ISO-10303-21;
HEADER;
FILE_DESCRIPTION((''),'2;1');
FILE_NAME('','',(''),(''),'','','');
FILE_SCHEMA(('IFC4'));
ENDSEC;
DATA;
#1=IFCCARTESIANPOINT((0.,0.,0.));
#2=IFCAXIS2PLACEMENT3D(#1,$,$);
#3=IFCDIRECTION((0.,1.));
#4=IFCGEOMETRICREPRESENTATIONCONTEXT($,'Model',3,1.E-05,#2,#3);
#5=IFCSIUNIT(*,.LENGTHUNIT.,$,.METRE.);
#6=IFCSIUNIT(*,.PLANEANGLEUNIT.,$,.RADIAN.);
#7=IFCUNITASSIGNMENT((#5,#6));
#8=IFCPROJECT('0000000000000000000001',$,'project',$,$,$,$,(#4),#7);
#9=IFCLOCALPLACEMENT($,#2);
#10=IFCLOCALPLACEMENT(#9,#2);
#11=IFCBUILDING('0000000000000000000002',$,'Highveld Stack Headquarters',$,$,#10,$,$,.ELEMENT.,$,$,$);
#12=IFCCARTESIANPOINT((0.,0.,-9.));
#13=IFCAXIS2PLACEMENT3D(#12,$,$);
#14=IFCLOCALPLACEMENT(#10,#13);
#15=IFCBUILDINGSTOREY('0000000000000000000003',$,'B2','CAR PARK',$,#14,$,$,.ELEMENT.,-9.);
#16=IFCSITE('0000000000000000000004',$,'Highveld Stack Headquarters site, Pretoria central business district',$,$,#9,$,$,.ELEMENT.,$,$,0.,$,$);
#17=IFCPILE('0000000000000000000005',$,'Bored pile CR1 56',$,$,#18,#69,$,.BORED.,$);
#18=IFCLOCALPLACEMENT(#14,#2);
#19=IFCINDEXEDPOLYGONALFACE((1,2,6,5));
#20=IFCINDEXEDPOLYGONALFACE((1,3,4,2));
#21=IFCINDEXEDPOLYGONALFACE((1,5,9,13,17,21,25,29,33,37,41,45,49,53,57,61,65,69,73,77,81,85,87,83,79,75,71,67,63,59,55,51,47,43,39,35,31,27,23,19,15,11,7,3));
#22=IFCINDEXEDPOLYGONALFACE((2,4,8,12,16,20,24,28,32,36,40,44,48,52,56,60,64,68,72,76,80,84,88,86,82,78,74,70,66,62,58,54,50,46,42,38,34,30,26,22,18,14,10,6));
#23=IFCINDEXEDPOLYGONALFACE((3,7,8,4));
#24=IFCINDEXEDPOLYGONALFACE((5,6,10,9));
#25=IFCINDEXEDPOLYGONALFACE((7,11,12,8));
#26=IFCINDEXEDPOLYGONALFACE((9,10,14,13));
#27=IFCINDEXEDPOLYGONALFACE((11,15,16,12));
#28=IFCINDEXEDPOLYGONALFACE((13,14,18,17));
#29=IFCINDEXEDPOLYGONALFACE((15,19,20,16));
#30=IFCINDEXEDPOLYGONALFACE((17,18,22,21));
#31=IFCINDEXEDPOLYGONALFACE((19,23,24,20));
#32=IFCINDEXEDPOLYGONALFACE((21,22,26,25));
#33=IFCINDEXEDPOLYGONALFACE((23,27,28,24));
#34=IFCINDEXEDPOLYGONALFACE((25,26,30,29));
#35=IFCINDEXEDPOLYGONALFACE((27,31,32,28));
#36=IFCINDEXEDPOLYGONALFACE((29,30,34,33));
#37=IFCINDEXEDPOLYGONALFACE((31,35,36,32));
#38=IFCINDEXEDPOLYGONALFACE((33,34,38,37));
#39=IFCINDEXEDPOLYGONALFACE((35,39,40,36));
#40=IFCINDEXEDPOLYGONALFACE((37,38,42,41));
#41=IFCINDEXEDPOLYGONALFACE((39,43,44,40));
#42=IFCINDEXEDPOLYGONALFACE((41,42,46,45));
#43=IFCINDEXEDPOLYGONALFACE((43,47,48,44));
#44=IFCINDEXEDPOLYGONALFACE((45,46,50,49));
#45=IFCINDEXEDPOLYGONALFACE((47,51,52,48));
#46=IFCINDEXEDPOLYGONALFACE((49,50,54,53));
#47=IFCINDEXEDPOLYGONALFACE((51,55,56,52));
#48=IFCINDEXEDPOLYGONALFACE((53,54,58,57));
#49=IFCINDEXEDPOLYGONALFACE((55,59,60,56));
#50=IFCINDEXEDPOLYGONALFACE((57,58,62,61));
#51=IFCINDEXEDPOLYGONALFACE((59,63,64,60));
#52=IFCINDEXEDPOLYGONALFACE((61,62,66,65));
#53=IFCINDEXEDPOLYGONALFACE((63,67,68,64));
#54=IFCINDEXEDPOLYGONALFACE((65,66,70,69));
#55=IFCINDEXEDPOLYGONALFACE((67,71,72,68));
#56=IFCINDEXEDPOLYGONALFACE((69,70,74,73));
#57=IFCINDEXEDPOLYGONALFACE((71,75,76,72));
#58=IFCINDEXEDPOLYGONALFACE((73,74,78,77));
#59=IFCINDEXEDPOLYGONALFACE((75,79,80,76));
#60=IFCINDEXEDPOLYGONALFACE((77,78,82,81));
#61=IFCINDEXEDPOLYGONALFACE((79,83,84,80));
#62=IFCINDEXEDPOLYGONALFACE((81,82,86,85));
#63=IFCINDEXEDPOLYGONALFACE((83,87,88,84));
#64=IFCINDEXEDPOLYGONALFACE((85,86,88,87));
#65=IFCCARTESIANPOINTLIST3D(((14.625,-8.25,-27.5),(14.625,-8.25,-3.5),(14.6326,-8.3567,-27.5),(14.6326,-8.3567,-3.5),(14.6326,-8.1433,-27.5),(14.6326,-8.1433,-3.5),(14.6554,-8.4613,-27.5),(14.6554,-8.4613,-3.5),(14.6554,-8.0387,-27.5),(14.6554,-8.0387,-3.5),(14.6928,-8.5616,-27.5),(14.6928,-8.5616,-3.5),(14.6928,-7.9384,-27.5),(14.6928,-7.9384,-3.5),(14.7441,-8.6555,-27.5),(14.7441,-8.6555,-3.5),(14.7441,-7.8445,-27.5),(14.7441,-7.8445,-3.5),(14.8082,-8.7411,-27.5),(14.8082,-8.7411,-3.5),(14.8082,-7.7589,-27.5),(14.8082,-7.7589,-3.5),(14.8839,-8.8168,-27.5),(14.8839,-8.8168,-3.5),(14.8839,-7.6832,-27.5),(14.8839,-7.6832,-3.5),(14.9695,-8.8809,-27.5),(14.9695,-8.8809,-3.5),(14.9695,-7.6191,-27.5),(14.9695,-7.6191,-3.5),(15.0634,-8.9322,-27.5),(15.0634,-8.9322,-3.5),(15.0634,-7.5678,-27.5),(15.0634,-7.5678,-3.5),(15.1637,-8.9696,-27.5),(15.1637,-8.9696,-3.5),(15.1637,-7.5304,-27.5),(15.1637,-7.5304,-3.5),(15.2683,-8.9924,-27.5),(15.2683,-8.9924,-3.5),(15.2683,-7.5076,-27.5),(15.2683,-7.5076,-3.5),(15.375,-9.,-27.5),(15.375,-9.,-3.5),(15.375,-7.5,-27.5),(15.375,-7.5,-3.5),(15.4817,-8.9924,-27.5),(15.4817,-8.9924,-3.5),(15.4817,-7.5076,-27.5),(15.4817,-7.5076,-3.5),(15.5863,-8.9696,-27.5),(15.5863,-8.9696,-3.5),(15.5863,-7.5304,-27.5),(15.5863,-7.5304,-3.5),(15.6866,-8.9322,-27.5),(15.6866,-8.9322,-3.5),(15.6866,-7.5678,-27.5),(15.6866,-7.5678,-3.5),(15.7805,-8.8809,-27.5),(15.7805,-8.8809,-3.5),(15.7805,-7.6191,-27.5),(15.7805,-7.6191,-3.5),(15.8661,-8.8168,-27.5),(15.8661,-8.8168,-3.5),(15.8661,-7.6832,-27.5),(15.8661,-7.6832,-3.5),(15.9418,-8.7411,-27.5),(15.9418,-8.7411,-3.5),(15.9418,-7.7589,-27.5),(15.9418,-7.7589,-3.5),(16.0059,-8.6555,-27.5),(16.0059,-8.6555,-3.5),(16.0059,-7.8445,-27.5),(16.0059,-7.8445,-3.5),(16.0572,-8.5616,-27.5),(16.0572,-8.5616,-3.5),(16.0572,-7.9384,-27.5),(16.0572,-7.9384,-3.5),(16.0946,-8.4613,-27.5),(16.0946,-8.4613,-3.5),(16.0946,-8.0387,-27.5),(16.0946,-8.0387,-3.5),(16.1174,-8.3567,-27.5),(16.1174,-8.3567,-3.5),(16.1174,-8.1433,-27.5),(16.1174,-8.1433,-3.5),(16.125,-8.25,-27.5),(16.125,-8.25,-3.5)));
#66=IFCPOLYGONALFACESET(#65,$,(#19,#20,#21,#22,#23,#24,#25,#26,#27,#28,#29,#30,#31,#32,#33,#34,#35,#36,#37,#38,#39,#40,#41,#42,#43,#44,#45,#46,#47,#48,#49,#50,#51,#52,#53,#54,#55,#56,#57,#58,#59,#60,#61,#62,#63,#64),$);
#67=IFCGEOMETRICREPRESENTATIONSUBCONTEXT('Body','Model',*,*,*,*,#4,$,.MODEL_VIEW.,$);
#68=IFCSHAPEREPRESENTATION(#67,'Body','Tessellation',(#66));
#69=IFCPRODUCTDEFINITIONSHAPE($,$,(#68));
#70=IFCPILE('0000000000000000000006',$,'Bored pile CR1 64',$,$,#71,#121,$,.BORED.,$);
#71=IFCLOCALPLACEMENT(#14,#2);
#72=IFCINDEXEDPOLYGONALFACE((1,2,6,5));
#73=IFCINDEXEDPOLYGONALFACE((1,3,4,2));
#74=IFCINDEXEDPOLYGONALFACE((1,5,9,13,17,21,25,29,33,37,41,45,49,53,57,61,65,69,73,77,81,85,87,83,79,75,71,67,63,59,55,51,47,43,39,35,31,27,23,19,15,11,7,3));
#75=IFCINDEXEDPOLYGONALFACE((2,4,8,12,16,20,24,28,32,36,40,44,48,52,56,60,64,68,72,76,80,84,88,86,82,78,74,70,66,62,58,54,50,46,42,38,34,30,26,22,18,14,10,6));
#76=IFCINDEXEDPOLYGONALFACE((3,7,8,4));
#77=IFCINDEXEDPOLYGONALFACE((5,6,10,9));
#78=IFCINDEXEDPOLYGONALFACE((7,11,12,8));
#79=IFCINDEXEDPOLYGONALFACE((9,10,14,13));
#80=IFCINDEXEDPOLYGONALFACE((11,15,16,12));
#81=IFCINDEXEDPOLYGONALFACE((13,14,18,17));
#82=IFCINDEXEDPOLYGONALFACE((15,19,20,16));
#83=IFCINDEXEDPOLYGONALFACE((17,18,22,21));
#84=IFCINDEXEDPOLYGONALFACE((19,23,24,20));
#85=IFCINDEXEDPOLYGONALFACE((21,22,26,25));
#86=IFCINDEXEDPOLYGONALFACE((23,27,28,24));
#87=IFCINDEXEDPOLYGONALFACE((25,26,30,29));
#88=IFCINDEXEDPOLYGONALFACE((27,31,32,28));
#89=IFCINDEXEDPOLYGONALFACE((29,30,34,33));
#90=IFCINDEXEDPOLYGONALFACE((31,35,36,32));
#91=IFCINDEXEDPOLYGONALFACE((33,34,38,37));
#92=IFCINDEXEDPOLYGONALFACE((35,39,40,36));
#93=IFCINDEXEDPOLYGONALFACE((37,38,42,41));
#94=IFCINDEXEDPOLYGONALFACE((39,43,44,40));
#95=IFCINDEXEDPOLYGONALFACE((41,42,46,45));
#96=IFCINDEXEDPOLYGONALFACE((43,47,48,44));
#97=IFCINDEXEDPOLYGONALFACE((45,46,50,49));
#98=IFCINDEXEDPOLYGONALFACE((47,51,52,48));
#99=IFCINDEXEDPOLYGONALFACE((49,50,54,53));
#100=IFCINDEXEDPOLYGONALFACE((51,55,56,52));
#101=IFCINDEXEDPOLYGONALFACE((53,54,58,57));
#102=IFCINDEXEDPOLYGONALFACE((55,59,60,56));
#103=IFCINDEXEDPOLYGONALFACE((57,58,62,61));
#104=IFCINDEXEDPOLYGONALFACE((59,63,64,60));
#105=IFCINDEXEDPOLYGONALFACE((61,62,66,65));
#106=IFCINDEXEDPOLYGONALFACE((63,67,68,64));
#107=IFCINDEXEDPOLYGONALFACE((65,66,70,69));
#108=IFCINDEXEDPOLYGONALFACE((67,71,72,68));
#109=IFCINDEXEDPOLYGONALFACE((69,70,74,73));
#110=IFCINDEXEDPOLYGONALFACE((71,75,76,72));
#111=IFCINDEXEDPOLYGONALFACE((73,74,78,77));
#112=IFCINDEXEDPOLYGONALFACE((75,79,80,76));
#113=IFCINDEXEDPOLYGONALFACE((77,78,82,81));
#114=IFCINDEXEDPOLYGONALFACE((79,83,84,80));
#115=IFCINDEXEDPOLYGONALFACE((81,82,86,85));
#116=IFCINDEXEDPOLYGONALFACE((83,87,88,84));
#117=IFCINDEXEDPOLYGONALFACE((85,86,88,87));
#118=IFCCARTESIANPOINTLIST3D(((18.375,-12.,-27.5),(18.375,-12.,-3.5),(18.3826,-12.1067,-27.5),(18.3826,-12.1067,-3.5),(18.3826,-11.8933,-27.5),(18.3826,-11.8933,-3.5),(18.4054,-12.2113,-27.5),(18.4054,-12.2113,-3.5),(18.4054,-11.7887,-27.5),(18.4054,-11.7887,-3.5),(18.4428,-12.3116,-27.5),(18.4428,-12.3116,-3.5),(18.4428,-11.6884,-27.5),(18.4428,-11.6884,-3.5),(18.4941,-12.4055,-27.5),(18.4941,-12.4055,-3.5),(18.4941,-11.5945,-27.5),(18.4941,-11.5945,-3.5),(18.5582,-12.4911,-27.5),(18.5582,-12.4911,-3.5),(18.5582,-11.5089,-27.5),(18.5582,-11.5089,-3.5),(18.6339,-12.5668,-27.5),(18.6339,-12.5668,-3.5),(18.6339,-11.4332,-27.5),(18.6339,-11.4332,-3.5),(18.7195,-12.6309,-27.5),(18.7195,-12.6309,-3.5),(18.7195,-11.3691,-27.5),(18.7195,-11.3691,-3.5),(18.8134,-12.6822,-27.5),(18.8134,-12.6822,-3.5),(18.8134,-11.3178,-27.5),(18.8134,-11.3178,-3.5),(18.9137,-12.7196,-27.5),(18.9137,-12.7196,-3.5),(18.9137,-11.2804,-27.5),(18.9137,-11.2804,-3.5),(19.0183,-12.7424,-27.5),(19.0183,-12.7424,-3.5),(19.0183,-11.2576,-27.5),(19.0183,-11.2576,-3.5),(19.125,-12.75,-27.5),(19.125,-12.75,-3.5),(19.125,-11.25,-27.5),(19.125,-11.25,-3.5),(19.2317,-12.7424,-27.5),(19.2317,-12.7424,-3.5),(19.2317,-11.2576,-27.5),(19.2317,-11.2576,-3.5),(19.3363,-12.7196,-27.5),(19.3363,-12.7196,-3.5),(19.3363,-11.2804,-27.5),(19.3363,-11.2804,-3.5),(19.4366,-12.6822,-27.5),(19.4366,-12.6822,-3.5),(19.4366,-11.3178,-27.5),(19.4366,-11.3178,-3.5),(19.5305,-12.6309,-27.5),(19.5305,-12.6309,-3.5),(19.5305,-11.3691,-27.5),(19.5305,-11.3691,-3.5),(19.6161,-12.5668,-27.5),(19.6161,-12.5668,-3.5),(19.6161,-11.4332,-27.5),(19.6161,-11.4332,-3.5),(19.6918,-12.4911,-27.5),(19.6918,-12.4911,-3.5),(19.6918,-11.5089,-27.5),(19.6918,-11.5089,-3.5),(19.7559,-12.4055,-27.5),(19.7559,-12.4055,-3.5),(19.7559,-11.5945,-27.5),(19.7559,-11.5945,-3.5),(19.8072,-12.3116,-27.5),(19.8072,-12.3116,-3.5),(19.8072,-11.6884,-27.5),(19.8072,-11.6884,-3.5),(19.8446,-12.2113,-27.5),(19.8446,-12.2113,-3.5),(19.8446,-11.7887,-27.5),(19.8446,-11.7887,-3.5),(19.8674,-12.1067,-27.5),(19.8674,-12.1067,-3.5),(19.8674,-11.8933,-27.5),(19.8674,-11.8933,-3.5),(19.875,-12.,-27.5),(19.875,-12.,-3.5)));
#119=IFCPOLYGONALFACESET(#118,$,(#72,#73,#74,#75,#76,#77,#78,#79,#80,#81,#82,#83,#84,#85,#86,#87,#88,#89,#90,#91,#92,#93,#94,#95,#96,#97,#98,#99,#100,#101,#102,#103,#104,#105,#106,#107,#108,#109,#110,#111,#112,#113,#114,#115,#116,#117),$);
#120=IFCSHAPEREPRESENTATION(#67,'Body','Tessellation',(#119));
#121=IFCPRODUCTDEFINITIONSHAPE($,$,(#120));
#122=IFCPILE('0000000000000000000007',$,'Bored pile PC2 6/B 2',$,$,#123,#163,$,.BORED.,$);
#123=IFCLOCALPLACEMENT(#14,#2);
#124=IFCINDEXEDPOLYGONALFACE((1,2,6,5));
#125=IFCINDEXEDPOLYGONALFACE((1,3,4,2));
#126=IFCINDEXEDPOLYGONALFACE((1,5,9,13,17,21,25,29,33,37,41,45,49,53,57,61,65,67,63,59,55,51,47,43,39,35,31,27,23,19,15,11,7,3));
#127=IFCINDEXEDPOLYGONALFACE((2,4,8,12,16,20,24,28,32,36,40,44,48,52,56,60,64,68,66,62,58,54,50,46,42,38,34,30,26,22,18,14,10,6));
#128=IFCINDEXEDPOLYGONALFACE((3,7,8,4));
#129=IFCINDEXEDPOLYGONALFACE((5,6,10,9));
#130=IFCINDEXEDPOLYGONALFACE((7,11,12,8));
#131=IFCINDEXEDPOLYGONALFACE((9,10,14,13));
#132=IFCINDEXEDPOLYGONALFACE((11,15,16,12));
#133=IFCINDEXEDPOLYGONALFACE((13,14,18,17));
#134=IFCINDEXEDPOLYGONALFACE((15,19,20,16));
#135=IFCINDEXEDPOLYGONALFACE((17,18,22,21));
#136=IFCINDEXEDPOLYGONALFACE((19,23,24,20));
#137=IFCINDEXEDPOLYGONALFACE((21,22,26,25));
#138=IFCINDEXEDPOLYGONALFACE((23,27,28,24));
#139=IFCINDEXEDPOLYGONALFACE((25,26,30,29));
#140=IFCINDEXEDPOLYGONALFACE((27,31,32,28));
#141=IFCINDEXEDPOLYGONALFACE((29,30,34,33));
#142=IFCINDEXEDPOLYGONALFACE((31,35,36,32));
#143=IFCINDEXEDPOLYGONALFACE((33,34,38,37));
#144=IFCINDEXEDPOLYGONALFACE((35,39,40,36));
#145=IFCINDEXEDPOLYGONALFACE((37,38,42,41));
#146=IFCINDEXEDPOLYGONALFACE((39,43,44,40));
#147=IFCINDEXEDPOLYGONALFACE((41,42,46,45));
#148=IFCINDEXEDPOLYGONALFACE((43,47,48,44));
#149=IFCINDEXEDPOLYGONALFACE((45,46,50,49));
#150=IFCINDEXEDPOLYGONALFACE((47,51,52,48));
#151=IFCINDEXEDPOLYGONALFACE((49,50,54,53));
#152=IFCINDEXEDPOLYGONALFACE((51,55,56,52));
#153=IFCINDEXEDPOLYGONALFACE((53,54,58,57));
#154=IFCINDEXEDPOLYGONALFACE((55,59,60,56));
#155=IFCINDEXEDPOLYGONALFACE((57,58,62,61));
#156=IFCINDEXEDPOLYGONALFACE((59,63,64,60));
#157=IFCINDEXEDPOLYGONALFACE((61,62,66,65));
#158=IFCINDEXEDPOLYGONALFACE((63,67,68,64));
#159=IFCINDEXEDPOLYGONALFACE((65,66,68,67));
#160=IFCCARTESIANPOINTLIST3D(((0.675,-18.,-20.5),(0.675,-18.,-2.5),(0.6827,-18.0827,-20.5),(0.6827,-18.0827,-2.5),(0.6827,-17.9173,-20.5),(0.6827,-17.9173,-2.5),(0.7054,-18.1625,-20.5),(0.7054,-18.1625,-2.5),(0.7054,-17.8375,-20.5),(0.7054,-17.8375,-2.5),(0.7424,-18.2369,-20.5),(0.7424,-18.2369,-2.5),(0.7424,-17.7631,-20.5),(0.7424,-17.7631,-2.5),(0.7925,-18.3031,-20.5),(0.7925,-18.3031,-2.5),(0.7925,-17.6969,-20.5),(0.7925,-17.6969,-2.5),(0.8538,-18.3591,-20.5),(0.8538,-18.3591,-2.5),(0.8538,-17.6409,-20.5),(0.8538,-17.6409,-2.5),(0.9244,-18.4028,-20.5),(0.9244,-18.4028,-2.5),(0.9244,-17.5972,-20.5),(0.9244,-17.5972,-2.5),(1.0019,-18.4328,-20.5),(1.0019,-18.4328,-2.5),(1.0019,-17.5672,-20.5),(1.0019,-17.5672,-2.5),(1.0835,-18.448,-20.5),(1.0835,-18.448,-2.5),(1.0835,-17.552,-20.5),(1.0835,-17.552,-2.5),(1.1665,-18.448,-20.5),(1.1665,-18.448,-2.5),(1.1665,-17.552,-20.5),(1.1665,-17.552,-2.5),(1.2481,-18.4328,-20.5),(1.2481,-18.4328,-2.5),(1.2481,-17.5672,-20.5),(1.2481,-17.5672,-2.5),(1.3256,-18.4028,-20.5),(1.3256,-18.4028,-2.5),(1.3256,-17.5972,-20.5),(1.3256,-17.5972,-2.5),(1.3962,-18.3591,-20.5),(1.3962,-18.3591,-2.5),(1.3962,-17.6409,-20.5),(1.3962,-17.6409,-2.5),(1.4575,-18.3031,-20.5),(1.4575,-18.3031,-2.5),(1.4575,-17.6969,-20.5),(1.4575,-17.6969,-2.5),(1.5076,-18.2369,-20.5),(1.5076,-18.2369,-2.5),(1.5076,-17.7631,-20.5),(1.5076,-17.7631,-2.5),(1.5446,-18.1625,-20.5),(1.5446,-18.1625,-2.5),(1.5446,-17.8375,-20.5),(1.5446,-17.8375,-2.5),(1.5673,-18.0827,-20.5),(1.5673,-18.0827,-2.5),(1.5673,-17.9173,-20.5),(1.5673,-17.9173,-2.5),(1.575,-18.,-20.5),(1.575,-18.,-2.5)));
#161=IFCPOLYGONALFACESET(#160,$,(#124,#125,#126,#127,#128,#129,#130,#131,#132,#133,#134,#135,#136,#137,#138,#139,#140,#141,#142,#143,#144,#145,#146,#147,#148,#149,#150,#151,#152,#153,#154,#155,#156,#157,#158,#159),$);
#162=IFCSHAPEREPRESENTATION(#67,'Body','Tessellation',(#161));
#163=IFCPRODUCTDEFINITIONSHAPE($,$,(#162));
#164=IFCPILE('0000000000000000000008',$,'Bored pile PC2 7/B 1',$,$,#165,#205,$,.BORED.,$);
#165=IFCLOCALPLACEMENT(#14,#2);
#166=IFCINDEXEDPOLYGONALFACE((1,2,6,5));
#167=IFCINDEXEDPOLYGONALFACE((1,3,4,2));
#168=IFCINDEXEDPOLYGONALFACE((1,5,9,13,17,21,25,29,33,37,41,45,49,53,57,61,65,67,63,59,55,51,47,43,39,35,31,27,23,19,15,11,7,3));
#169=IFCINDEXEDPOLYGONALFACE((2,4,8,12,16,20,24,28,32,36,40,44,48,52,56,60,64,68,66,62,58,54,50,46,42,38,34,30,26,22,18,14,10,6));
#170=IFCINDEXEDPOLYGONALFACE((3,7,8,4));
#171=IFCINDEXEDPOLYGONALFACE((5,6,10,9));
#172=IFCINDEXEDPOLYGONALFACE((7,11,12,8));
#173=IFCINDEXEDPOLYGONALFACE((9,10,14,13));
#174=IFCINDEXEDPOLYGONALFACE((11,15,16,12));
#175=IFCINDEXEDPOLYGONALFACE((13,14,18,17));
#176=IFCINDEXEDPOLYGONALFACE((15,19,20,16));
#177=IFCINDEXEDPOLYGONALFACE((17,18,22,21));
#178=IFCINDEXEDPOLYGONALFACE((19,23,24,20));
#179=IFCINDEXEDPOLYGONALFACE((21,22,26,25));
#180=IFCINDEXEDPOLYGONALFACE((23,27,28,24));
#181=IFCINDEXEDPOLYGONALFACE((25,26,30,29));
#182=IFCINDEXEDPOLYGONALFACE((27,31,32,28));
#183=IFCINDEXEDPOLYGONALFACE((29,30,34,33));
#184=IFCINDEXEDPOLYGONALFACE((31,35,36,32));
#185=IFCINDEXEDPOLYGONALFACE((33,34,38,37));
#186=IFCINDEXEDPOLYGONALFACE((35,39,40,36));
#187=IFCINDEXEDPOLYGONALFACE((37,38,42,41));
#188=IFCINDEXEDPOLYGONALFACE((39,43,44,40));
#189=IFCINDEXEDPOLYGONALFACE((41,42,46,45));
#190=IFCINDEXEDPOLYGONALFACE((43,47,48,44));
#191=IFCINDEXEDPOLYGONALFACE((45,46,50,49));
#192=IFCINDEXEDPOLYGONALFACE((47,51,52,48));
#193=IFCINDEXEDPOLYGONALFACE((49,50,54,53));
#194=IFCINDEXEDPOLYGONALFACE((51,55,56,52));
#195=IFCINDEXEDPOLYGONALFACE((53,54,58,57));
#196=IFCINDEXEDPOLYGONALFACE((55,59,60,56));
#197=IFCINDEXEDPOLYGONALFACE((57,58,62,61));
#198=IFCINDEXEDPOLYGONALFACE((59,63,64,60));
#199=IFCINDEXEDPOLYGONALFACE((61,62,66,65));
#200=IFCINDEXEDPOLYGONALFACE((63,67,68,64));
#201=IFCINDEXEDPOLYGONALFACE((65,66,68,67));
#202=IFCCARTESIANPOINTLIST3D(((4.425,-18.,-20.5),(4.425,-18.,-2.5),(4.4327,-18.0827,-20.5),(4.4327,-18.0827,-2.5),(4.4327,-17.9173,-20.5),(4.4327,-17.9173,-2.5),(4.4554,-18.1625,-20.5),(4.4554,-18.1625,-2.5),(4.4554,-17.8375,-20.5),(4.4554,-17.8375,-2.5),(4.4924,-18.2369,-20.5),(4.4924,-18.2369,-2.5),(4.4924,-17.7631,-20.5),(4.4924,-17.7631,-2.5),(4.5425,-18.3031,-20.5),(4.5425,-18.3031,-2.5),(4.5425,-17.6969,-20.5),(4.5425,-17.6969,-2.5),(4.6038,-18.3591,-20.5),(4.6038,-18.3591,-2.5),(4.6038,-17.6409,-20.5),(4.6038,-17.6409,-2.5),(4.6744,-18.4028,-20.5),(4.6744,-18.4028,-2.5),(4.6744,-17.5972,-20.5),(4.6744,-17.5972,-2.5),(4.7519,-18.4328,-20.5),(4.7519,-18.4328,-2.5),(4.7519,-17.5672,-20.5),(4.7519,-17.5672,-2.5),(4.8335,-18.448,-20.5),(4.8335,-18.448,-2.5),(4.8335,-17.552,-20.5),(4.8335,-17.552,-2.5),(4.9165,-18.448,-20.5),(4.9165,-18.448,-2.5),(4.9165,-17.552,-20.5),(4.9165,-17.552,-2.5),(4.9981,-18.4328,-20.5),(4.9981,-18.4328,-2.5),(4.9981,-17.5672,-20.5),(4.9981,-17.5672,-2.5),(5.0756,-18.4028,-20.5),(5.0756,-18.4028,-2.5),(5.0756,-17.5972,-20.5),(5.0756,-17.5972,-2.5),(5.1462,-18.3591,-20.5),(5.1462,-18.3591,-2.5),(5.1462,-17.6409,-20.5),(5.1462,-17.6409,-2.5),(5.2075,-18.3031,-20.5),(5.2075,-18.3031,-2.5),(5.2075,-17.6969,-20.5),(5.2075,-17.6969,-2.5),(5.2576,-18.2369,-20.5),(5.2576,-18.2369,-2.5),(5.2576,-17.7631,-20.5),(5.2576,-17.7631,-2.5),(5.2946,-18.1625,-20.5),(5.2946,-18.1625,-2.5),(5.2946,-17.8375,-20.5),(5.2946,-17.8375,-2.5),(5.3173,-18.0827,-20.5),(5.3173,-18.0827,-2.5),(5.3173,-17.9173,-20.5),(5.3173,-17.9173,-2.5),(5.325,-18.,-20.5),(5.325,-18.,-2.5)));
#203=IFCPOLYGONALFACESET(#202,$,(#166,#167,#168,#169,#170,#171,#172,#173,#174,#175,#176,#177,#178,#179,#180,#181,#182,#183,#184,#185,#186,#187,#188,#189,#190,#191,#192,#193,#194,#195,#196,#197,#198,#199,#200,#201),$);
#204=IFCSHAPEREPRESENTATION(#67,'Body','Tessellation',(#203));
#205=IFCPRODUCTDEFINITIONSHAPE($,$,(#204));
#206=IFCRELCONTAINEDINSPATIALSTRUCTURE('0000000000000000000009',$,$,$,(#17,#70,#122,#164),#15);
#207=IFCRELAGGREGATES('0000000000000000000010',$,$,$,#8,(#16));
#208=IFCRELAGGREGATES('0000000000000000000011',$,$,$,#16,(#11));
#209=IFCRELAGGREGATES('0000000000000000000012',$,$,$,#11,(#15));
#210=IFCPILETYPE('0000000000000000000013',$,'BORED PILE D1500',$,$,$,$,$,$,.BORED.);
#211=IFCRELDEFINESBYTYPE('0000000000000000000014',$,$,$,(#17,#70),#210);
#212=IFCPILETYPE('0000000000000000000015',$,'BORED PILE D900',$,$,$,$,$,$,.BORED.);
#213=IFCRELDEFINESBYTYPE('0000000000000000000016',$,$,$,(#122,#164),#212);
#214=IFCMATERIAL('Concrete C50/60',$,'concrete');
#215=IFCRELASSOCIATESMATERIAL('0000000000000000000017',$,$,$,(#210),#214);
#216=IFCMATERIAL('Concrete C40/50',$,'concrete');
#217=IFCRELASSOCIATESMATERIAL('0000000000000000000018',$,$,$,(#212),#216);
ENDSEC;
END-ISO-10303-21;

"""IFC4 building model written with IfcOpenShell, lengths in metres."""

from ifc_helpers import new_model, si_unit, direction, frame, origin, origin_2d, place, context, subcontext, project, spatial, circle, extrude, material, type_object, element, save


model = new_model("IFC4")

# Units and contexts
model_context = context("Model", 3, precision=1e-05, world=origin(), true_north=direction((0.0, 1.0)))
body_context = subcontext(model_context, "Body", "Model", "MODEL_VIEW")
ifc_project = project(units=[si_unit("LENGTHUNIT", "METRE"), si_unit("PLANEANGLEUNIT", "RADIAN")], contexts=[model_context])

# Site, building, storey
site_placement = place(None, origin())
site = spatial("IfcSite", under=ifc_project, at=site_placement, Name="Highveld Stack Headquarters site, Pretoria central business district", CompositionType="ELEMENT", RefElevation=0.0)
building_placement = place(site_placement, origin())
building = spatial("IfcBuilding", under=site, at=building_placement, Name="Highveld Stack Headquarters", CompositionType="ELEMENT")
storey_placement = place(building_placement, frame((0.0, 0.0, -9.0)))
storey = spatial("IfcBuildingStorey", under=building, at=storey_placement, Name="B2", Description="CAR PARK", CompositionType="ELEMENT", Elevation=-9.0)

# Piles
ifc_material_1 = material(Name="Concrete C50/60", Category="concrete")
pile_type_1 = type_object("IfcPileType", Name="BORED PILE D1500", PredefinedType="BORED", material=ifc_material_1)
for number, where, z_axis, x_axis, name in (
    (1, (15.375, -8.25, -3.5), (0.0, 0.0, -1.0), (1.0, 0.0, 0.0), "Bored pile CR1 56"),
    (2, (19.125, -12.0, -3.5), (0.0, 0.0, -1.0), (1.0, 0.0, 0.0), "Bored pile CR1 64"),
):
    element("IfcPile", number, at=place(storey_placement, frame(where, z_axis=z_axis, x_axis=x_axis)), inside=storey, type_object=pile_type_1, Name=name, PredefinedType="BORED", context=body_context, shape_type="SweptSolid", body=[
        extrude(circle(Radius=0.75, at=origin_2d()), origin(), (0.0, 0.0, 1.0), 24.0),
    ])
ifc_material_2 = material(Name="Concrete C40/50", Category="concrete")
pile_type_2 = type_object("IfcPileType", Name="BORED PILE D900", PredefinedType="BORED", material=ifc_material_2)
for number, where, z_axis, x_axis, name in (
    (3, (1.125, -18.0, -2.5), (0.0, 0.0, -1.0), (1.0, 0.0, 0.0), "Bored pile PC2 6/B 2"),
    (4, (4.875, -18.0, -2.5), (0.0, 0.0, -1.0), (1.0, 0.0, 0.0), "Bored pile PC2 7/B 1"),
):
    element("IfcPile", number, at=place(storey_placement, frame(where, z_axis=z_axis, x_axis=x_axis)), inside=storey, type_object=pile_type_2, Name=name, PredefinedType="BORED", context=body_context, shape_type="SweptSolid", body=[
        extrude(circle(Radius=0.45, at=origin_2d()), origin(), (0.0, 0.0, 1.0), 18.0),
    ])

save(model, "model.ifc")
